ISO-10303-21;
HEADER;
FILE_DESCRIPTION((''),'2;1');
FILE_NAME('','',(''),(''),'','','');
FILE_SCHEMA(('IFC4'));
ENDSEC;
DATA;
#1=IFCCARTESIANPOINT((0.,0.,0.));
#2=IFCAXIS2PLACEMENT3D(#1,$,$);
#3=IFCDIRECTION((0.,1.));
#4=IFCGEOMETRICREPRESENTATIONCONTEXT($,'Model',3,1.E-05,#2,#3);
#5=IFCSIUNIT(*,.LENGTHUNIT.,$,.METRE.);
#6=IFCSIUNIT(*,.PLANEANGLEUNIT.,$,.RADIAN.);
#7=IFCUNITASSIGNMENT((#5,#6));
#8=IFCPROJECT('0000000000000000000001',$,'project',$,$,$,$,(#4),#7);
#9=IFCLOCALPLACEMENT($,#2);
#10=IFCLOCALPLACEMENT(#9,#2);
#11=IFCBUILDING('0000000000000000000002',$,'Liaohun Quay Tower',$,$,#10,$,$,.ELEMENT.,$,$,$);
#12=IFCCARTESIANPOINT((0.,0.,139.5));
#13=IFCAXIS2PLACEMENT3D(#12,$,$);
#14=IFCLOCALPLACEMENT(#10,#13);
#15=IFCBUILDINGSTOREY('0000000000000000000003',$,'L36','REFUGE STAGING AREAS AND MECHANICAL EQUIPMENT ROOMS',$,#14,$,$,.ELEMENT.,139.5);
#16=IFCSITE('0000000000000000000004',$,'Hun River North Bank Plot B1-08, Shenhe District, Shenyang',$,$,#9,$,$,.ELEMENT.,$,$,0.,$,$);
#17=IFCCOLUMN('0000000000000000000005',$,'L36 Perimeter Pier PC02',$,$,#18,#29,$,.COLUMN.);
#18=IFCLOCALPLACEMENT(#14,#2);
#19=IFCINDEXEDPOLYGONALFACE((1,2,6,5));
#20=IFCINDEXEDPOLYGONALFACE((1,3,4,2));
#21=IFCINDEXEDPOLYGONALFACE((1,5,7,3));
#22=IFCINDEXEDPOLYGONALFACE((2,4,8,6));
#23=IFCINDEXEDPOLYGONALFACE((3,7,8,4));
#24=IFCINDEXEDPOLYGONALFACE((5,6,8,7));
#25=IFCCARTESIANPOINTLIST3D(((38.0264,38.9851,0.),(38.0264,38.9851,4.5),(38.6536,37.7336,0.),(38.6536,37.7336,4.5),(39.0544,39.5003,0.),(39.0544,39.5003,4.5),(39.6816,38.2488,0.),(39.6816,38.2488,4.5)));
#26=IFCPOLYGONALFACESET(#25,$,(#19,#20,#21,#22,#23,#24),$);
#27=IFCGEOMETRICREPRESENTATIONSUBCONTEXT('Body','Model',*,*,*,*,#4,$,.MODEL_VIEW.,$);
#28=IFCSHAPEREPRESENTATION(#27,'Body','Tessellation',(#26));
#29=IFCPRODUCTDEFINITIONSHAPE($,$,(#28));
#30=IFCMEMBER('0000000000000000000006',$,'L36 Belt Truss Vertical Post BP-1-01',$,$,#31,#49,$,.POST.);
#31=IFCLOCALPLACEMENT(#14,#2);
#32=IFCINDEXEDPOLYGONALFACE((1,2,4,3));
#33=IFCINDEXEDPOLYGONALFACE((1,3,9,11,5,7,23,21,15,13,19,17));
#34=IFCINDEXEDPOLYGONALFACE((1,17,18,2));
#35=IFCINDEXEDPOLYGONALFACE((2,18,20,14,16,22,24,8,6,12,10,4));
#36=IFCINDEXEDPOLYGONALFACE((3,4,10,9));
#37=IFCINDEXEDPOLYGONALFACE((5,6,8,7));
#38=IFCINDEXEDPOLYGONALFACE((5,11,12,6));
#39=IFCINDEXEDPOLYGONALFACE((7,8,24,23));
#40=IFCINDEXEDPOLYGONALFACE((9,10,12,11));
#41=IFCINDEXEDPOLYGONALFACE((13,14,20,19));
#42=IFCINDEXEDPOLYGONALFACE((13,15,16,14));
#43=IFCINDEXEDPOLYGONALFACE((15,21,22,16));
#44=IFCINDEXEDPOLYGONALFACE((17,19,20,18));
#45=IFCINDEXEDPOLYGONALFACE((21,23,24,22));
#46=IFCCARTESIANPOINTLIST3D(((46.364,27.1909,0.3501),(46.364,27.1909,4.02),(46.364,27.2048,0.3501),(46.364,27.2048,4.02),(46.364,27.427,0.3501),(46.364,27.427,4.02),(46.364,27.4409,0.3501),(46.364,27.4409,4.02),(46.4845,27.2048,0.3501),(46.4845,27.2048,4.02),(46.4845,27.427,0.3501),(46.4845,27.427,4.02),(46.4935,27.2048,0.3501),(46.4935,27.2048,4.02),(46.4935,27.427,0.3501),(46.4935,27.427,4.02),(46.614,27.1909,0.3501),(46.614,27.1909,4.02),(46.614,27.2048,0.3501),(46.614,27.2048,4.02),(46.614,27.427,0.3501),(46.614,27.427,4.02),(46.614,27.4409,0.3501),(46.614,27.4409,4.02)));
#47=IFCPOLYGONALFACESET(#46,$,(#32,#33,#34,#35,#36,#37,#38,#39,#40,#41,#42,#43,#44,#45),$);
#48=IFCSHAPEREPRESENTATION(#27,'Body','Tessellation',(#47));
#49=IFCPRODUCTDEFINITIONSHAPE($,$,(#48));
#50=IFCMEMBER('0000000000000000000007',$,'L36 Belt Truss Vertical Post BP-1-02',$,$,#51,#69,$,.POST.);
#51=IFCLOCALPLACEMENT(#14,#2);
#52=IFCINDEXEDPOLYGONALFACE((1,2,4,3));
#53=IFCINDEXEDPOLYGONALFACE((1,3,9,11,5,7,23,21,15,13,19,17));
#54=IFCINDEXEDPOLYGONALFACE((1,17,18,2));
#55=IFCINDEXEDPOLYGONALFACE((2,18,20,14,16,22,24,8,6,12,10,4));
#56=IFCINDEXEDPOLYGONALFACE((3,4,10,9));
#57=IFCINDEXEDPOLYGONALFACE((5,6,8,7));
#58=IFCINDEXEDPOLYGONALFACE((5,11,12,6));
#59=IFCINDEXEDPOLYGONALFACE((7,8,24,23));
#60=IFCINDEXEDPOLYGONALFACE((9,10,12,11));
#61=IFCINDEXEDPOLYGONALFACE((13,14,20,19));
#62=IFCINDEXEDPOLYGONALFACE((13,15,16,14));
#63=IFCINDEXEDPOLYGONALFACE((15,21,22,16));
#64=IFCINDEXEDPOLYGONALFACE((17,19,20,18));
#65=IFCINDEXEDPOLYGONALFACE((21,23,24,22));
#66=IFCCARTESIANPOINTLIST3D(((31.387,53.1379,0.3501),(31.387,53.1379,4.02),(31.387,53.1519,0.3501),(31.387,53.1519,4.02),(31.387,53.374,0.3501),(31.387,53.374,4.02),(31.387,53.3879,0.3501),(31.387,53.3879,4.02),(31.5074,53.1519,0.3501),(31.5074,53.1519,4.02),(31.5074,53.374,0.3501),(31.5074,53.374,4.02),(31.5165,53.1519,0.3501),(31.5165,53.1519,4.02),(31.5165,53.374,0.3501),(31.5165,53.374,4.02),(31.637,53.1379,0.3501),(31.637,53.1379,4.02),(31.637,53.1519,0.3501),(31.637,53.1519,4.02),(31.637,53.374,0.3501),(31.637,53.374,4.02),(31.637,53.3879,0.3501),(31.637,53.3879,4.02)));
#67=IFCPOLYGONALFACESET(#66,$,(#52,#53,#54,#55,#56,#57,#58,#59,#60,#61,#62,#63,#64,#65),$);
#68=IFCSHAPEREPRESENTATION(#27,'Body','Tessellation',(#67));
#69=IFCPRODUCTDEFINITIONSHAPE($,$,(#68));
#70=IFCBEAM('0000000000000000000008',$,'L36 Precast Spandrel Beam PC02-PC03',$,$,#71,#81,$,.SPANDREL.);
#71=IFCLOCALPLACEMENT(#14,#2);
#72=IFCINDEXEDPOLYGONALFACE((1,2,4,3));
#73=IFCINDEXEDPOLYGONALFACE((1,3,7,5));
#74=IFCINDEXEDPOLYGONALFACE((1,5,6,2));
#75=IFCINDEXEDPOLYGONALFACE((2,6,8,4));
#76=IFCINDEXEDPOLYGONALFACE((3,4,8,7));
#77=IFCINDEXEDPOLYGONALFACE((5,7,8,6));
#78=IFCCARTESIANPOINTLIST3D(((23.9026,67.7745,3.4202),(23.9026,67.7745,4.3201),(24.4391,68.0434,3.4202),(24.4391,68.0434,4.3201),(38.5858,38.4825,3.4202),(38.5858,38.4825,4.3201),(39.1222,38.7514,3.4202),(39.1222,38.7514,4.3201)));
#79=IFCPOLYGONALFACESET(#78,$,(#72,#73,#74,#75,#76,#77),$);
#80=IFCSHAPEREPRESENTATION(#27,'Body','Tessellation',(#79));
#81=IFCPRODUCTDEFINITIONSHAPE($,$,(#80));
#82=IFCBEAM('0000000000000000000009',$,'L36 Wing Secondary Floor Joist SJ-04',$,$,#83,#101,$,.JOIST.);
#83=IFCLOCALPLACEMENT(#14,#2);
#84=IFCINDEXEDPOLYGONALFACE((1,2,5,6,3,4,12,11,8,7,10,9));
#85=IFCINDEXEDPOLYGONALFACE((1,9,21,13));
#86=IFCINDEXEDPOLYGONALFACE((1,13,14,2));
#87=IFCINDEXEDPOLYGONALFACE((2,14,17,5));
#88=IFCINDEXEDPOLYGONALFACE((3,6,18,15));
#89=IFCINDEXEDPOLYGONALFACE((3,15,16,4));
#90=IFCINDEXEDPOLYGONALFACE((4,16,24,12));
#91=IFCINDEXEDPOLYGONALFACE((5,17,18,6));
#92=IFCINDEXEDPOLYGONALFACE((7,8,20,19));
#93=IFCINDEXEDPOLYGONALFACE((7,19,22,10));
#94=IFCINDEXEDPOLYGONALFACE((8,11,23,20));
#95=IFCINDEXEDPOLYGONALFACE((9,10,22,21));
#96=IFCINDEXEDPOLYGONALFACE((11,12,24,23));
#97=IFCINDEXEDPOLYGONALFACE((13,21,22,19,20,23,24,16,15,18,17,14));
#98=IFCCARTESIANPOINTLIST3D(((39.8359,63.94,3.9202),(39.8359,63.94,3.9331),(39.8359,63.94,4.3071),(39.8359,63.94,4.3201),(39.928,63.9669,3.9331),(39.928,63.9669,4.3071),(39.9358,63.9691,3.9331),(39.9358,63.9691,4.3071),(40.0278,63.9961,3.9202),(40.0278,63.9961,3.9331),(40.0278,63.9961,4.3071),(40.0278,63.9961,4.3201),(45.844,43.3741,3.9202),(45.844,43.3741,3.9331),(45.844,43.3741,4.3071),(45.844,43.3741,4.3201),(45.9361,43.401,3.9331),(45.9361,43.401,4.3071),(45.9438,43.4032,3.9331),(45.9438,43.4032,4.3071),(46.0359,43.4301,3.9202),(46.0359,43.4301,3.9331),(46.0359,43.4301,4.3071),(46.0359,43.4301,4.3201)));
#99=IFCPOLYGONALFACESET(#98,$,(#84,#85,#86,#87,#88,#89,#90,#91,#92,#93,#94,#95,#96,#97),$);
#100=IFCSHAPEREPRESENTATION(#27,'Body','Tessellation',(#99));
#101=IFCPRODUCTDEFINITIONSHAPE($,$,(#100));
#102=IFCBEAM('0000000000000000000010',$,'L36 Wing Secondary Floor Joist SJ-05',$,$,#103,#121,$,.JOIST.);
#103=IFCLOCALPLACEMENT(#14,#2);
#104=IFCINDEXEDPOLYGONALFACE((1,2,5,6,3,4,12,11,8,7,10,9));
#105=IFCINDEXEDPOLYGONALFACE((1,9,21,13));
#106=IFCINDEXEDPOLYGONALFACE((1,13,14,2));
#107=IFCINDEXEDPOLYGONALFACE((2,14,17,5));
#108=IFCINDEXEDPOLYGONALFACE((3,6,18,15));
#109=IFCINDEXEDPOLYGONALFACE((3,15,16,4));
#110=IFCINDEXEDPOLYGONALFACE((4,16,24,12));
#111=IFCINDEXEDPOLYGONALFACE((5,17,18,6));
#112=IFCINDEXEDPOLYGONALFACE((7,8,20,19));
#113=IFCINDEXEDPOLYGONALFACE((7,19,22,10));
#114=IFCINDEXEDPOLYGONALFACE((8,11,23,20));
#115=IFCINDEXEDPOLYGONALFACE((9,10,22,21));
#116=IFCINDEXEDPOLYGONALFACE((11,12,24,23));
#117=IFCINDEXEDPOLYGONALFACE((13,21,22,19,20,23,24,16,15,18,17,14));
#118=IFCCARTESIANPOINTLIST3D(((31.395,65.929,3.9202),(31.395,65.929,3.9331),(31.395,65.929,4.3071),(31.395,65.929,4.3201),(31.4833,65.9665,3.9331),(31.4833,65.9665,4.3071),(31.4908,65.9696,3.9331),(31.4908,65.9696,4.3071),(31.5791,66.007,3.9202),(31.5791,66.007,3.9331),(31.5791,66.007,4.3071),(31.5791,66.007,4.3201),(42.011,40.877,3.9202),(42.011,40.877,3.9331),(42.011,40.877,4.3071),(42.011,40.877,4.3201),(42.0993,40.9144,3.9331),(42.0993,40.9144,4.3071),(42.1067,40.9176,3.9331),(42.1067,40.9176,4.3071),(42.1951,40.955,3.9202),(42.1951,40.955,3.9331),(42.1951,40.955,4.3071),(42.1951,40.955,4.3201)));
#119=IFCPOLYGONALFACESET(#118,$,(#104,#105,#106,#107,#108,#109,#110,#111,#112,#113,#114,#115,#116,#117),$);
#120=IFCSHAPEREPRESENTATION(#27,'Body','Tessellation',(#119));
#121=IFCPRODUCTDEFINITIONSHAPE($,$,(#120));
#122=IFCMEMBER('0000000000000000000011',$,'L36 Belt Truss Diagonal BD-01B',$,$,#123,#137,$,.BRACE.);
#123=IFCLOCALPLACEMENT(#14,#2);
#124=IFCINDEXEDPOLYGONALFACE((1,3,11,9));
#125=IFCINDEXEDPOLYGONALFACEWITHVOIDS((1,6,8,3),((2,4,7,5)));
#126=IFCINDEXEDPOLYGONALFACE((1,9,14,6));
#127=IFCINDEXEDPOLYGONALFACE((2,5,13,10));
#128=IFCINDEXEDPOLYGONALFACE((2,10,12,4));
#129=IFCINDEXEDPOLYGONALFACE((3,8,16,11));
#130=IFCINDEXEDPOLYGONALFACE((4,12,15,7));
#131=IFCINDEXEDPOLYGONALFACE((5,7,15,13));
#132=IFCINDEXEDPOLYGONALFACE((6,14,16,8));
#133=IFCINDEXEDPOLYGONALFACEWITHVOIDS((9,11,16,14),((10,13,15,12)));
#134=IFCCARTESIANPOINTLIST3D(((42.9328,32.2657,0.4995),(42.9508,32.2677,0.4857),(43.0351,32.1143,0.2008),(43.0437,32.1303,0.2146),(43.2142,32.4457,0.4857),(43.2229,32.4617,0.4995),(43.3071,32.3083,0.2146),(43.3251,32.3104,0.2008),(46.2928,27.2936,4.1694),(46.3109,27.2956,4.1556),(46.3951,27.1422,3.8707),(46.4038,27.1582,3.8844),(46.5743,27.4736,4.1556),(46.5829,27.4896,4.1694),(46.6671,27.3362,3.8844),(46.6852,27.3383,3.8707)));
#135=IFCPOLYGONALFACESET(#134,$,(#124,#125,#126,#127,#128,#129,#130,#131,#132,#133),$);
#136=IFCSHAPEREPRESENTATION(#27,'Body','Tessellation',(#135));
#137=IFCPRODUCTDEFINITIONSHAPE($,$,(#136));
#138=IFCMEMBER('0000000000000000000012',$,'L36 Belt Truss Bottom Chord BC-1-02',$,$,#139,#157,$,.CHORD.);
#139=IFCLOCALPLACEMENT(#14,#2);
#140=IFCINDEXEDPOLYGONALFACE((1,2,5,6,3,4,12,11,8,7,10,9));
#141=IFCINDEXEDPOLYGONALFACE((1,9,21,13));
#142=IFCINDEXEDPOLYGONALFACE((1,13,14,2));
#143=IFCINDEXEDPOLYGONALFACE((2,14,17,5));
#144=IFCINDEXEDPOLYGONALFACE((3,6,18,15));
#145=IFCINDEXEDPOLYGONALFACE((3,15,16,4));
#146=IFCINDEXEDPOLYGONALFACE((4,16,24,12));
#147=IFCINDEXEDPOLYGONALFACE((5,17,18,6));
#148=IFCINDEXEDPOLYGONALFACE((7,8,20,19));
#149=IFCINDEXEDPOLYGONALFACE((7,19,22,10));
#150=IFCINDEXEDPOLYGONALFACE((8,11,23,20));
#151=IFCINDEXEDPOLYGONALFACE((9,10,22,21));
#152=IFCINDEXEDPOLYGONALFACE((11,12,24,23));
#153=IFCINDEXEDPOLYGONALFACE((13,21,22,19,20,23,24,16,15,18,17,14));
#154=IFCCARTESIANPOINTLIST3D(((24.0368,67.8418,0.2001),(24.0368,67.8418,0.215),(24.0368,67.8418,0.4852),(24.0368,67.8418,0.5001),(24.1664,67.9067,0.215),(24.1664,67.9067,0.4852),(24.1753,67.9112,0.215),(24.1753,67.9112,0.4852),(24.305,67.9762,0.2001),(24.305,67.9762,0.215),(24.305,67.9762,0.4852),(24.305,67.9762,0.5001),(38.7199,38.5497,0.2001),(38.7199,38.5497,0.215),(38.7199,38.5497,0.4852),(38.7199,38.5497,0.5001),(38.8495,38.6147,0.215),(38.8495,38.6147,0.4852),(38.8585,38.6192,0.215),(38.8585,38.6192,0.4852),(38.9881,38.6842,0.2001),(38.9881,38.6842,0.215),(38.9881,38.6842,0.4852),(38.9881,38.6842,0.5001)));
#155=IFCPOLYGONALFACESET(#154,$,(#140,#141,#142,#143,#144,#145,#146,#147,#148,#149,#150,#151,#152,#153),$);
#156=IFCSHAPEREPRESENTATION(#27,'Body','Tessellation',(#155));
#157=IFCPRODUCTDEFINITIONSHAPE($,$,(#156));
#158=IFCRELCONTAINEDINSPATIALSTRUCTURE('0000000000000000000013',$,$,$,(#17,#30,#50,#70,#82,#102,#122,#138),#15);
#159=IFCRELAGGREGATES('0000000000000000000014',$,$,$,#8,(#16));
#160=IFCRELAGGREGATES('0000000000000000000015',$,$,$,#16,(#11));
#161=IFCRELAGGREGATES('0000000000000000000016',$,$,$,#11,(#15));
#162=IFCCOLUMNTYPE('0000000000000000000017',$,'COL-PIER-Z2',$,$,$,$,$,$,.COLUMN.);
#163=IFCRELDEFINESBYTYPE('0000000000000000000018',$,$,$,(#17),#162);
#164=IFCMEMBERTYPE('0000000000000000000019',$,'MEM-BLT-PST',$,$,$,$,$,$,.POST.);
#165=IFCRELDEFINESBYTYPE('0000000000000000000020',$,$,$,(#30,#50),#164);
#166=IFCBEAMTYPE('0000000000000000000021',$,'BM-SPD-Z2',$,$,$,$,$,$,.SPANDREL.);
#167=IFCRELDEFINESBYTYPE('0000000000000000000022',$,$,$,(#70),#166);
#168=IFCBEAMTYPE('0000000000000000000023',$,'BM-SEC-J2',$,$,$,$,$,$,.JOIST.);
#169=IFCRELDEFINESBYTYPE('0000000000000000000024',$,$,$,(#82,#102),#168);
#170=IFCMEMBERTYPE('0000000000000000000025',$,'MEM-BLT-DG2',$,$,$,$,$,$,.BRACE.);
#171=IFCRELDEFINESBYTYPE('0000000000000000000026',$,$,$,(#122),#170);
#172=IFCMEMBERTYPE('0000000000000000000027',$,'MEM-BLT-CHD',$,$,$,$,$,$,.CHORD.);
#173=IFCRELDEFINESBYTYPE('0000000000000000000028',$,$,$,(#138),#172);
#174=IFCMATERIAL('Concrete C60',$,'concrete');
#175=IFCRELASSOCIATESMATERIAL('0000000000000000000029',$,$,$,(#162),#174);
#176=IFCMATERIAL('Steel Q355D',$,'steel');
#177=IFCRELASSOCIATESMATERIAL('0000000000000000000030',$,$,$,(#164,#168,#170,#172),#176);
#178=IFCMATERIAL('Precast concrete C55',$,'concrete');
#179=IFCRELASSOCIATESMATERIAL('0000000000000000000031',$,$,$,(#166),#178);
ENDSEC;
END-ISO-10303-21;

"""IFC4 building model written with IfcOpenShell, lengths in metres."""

from ifc_helpers import new_model, si_unit, direction, frame, origin, origin_2d, place, context, subcontext, project, spatial, rectangle, hollow_rectangle, i_section, extrude, source, transform, mapped, material, material_profile, profile_set, type_object, element, save


model = new_model("IFC4")

# Units and contexts
model_context = context("Model", 3, precision=1e-05, world=origin(), true_north=direction((0.0, 1.0)))
body_context = subcontext(model_context, "Body", "Model", "MODEL_VIEW")
ifc_project = project(units=[si_unit("LENGTHUNIT", "METRE"), si_unit("PLANEANGLEUNIT", "RADIAN")], contexts=[model_context])

# Site, building, storey
site_placement = place(None, origin())
site = spatial("IfcSite", under=ifc_project, at=site_placement, Name="Hun River North Bank Plot B1-08, Shenhe District, Shenyang", CompositionType="ELEMENT", RefElevation=0.0)
building_placement = place(site_placement, origin())
building = spatial("IfcBuilding", under=site, at=building_placement, Name="Liaohun Quay Tower", CompositionType="ELEMENT")
storey_placement = place(building_placement, frame((0.0, 0.0, 139.5)))
storey = spatial("IfcBuildingStorey", under=building, at=storey_placement, Name="L36", Description="REFUGE STAGING AREAS AND MECHANICAL EQUIPMENT ROOMS", CompositionType="ELEMENT", Elevation=139.5)

# Column
ifc_material_1 = material(Name="Concrete C60", Category="concrete")
ifc_material_profile_1 = material_profile(ifc_material_1, rectangle(XDim=1.3999, YDim=1.1499, at=origin_2d()), Name="RC1400x1150")
ifc_profile_set_1 = profile_set([ifc_material_profile_1], Name="Concrete C60")
column_type = type_object("IfcColumnType", Name="COL-PIER-Z2", PredefinedType="COLUMN", material=ifc_profile_set_1)
shared_shape_1 = source(origin(), body_context, "Body", "SweptSolid", [
    extrude(rectangle(XDim=1.3999, YDim=1.1499, at=origin_2d()), origin(), (0.0, 0.0, 1.0), 4.5),
])
column_placement = place(storey_placement, frame((38.854, 38.6169, 0.0), z_axis=(0.0, 0.0, 1.0), x_axis=(-0.448071, 0.893998, 0.0)))
element("IfcColumn", 1, at=column_placement, inside=storey, type_object=column_type, Name="L36 Perimeter Pier PC02", PredefinedType="COLUMN", context=body_context, shape_type="MappedRepresentation", body=[
    mapped(shared_shape_1, transform((0.0, 0.0, 0.0), x_axis=(1.0, 0.0, 0.0), y_axis=(0.0, 1.0, 0.0), z_axis=(0.0, 0.0, 1.0), scale=1.0)),
])

# Members
ifc_material_2 = material(Name="Steel Q355D", Category="steel")
ifc_material_profile_2 = material_profile(ifc_material_2, i_section(OverallWidth=0.25, OverallDepth=0.25, WebThickness=0.009, FlangeThickness=0.0139, at=origin_2d()), Name="HW250x250x9x14")
ifc_profile_set_2 = profile_set([ifc_material_profile_2], Name="Steel Q355D")
member_type_1 = type_object("IfcMemberType", Name="MEM-BLT-PST", PredefinedType="POST", material=ifc_profile_set_2)
shared_shape_2 = source(origin(), body_context, "Body", "SweptSolid", [
    extrude(i_section(OverallWidth=0.25, OverallDepth=0.25, WebThickness=0.009, FlangeThickness=0.0139, at=origin_2d()), origin(), (0.0, 0.0, 1.0), 3.6699),
])
for number, where, z_axis, x_axis, name in (
    (2, (46.489, 27.3159, 0.3501), (0.0, 0.0, 1.0), (1.0, 0.0, 0.0), "L36 Belt Truss Vertical Post BP-1-01"),
    (3, (31.512, 53.2629, 0.3501), (0.0, 0.0, 1.0), (1.0, 0.0, 0.0), "L36 Belt Truss Vertical Post BP-1-02"),
):
    element("IfcMember", number, at=place(storey_placement, frame(where, z_axis=z_axis, x_axis=x_axis)), inside=storey, type_object=member_type_1, Name=name, PredefinedType="POST", context=body_context, shape_type="MappedRepresentation", body=[
        mapped(shared_shape_2, transform((0.0, 0.0, 0.0), x_axis=(1.0, 0.0, 0.0), y_axis=(0.0, 1.0, 0.0), z_axis=(0.0, 0.0, 1.0), scale=1.0)),
    ])

# Beams
ifc_material_3 = material(Name="Precast concrete C55", Category="concrete")
ifc_material_profile_3 = material_profile(ifc_material_3, rectangle(XDim=0.6001, YDim=0.8999, at=origin_2d()), Name="RC600x900")
ifc_profile_set_3 = profile_set([ifc_material_profile_3], Name="Precast concrete C55")
beam_type_1 = type_object("IfcBeamType", Name="BM-SPD-Z2", PredefinedType="SPANDREL", material=ifc_profile_set_3)
shared_shape_3 = source(origin(), body_context, "Body", "SweptSolid", [
    extrude(rectangle(XDim=0.6001, YDim=0.8999, at=origin_2d()), origin(), (0.0, 0.0, 1.0), 32.7661),
])
beam_1_placement = place(storey_placement, frame((38.854, 38.6169, 3.8701), z_axis=(-0.448119, 0.893974, 0.0), x_axis=(-0.893974, -0.448119, 0.0)))
element("IfcBeam", 4, at=beam_1_placement, inside=storey, type_object=beam_type_1, Name="L36 Precast Spandrel Beam PC02-PC03", PredefinedType="SPANDREL", context=body_context, shape_type="MappedRepresentation", body=[
    mapped(shared_shape_3, transform((0.0, 0.0, 0.0), x_axis=(1.0, 0.0, 0.0), y_axis=(0.0, 1.0, 0.0), z_axis=(0.0, 0.0, 1.0), scale=1.0)),
])
ifc_material_profile_4 = material_profile(ifc_material_2, i_section(OverallWidth=0.2, OverallDepth=0.3999, WebThickness=0.0081, FlangeThickness=0.0129, at=origin_2d()), Name="HN400x200x8x13")
ifc_profile_set_4 = profile_set([ifc_material_profile_4], Name="Steel Q355D")
beam_type_2 = type_object("IfcBeamType", Name="BM-SEC-J2", PredefinedType="JOIST", material=ifc_profile_set_4)
shared_shape_4 = source(origin(), body_context, "Body", "SweptSolid", [
    extrude(i_section(OverallWidth=0.2, OverallDepth=0.3999, WebThickness=0.0081, FlangeThickness=0.0129, at=origin_2d()), origin(), (0.0, 0.0, 1.0), 21.4255),
])
beam_2_placement = place(storey_placement, frame((45.9399, 43.4021, 4.1201), z_axis=(-0.280416, 0.959879, 0.0), x_axis=(-0.959879, -0.280416, 0.0)))
element("IfcBeam", 5, at=beam_2_placement, inside=storey, type_object=beam_type_2, Name="L36 Wing Secondary Floor Joist SJ-04", PredefinedType="JOIST", context=body_context, shape_type="MappedRepresentation", body=[
    mapped(shared_shape_4, transform((0.0, 0.0, 0.0), x_axis=(1.0, 0.0, 0.0), y_axis=(0.0, 1.0, 0.0), z_axis=(0.0, 0.0, 1.0), scale=1.0)),
])
shared_shape_5 = source(origin(), body_context, "Body", "SweptSolid", [
    extrude(i_section(OverallWidth=0.2, OverallDepth=0.3999, WebThickness=0.0081, FlangeThickness=0.0129, at=origin_2d()), origin(), (0.0, 0.0, 1.0), 27.2085),
])
beam_3_placement = place(storey_placement, frame((42.103, 40.916, 4.1201), z_axis=(-0.390171, 0.920742, 0.0), x_axis=(-0.920742, -0.390171, 0.0)))
element("IfcBeam", 6, at=beam_3_placement, inside=storey, type_object=beam_type_2, Name="L36 Wing Secondary Floor Joist SJ-05", PredefinedType="JOIST", context=body_context, shape_type="MappedRepresentation", body=[
    mapped(shared_shape_5, transform((0.0, 0.0, 0.0), x_axis=(1.0, 0.0, 0.0), y_axis=(0.0, 1.0, 0.0), z_axis=(0.0, 0.0, 1.0), scale=1.0)),
])

# Members
ifc_material_profile_5 = material_profile(ifc_material_2, hollow_rectangle(XDim=0.3501, YDim=0.3501, WallThickness=0.0161, at=origin_2d()), Name="SHS350x350x16")
ifc_profile_set_5 = profile_set([ifc_material_profile_5], Name="Steel Q355D")
member_type_2 = type_object("IfcMemberType", Name="MEM-BLT-DG2", PredefinedType="BRACE", material=ifc_profile_set_5)
shared_shape_6 = source(origin(), body_context, "Body", "SweptSolid", [
    extrude(hollow_rectangle(XDim=0.3501, YDim=0.3501, WallThickness=0.0161, at=origin_2d()), origin(), (0.0, 0.0, 1.0), 7.0342),
])
member_1_placement = place(storey_placement, frame((46.489, 27.3159, 4.02), z_axis=(-0.477676, 0.706848, -0.52172), x_axis=(-0.828548, -0.559919, 0.0)))
element("IfcMember", 7, at=member_1_placement, inside=storey, type_object=member_type_2, Name="L36 Belt Truss Diagonal BD-01B", PredefinedType="BRACE", context=body_context, shape_type="MappedRepresentation", body=[
    mapped(shared_shape_6, transform((0.0, 0.0, 0.0), x_axis=(1.0, 0.0, 0.0), y_axis=(0.0, 1.0, 0.0), z_axis=(0.0, 0.0, 1.0), scale=1.0)),
])
ifc_material_profile_6 = material_profile(ifc_material_2, i_section(OverallWidth=0.3, OverallDepth=0.3, WebThickness=0.01, FlangeThickness=0.0149, at=origin_2d()), Name="HW300x300x10x15")
ifc_profile_set_6 = profile_set([ifc_material_profile_6], Name="Steel Q355D")
member_type_3 = type_object("IfcMemberType", Name="MEM-BLT-CHD", PredefinedType="CHORD", material=ifc_profile_set_6)
shared_shape_7 = source(origin(), body_context, "Body", "SweptSolid", [
    extrude(i_section(OverallWidth=0.3, OverallDepth=0.3, WebThickness=0.01, FlangeThickness=0.0149, at=origin_2d()), origin(), (0.0, 0.0, 1.0), 32.7661),
])
member_2_placement = place(storey_placement, frame((38.854, 38.6169, 0.3501), z_axis=(-0.448119, 0.893974, 0.0), x_axis=(-0.893974, -0.448119, 0.0)))
element("IfcMember", 8, at=member_2_placement, inside=storey, type_object=member_type_3, Name="L36 Belt Truss Bottom Chord BC-1-02", PredefinedType="CHORD", context=body_context, shape_type="MappedRepresentation", body=[
    mapped(shared_shape_7, transform((0.0, 0.0, 0.0), x_axis=(1.0, 0.0, 0.0), y_axis=(0.0, 1.0, 0.0), z_axis=(0.0, 0.0, 1.0), scale=1.0)),
])

save(model, "model.ifc")
